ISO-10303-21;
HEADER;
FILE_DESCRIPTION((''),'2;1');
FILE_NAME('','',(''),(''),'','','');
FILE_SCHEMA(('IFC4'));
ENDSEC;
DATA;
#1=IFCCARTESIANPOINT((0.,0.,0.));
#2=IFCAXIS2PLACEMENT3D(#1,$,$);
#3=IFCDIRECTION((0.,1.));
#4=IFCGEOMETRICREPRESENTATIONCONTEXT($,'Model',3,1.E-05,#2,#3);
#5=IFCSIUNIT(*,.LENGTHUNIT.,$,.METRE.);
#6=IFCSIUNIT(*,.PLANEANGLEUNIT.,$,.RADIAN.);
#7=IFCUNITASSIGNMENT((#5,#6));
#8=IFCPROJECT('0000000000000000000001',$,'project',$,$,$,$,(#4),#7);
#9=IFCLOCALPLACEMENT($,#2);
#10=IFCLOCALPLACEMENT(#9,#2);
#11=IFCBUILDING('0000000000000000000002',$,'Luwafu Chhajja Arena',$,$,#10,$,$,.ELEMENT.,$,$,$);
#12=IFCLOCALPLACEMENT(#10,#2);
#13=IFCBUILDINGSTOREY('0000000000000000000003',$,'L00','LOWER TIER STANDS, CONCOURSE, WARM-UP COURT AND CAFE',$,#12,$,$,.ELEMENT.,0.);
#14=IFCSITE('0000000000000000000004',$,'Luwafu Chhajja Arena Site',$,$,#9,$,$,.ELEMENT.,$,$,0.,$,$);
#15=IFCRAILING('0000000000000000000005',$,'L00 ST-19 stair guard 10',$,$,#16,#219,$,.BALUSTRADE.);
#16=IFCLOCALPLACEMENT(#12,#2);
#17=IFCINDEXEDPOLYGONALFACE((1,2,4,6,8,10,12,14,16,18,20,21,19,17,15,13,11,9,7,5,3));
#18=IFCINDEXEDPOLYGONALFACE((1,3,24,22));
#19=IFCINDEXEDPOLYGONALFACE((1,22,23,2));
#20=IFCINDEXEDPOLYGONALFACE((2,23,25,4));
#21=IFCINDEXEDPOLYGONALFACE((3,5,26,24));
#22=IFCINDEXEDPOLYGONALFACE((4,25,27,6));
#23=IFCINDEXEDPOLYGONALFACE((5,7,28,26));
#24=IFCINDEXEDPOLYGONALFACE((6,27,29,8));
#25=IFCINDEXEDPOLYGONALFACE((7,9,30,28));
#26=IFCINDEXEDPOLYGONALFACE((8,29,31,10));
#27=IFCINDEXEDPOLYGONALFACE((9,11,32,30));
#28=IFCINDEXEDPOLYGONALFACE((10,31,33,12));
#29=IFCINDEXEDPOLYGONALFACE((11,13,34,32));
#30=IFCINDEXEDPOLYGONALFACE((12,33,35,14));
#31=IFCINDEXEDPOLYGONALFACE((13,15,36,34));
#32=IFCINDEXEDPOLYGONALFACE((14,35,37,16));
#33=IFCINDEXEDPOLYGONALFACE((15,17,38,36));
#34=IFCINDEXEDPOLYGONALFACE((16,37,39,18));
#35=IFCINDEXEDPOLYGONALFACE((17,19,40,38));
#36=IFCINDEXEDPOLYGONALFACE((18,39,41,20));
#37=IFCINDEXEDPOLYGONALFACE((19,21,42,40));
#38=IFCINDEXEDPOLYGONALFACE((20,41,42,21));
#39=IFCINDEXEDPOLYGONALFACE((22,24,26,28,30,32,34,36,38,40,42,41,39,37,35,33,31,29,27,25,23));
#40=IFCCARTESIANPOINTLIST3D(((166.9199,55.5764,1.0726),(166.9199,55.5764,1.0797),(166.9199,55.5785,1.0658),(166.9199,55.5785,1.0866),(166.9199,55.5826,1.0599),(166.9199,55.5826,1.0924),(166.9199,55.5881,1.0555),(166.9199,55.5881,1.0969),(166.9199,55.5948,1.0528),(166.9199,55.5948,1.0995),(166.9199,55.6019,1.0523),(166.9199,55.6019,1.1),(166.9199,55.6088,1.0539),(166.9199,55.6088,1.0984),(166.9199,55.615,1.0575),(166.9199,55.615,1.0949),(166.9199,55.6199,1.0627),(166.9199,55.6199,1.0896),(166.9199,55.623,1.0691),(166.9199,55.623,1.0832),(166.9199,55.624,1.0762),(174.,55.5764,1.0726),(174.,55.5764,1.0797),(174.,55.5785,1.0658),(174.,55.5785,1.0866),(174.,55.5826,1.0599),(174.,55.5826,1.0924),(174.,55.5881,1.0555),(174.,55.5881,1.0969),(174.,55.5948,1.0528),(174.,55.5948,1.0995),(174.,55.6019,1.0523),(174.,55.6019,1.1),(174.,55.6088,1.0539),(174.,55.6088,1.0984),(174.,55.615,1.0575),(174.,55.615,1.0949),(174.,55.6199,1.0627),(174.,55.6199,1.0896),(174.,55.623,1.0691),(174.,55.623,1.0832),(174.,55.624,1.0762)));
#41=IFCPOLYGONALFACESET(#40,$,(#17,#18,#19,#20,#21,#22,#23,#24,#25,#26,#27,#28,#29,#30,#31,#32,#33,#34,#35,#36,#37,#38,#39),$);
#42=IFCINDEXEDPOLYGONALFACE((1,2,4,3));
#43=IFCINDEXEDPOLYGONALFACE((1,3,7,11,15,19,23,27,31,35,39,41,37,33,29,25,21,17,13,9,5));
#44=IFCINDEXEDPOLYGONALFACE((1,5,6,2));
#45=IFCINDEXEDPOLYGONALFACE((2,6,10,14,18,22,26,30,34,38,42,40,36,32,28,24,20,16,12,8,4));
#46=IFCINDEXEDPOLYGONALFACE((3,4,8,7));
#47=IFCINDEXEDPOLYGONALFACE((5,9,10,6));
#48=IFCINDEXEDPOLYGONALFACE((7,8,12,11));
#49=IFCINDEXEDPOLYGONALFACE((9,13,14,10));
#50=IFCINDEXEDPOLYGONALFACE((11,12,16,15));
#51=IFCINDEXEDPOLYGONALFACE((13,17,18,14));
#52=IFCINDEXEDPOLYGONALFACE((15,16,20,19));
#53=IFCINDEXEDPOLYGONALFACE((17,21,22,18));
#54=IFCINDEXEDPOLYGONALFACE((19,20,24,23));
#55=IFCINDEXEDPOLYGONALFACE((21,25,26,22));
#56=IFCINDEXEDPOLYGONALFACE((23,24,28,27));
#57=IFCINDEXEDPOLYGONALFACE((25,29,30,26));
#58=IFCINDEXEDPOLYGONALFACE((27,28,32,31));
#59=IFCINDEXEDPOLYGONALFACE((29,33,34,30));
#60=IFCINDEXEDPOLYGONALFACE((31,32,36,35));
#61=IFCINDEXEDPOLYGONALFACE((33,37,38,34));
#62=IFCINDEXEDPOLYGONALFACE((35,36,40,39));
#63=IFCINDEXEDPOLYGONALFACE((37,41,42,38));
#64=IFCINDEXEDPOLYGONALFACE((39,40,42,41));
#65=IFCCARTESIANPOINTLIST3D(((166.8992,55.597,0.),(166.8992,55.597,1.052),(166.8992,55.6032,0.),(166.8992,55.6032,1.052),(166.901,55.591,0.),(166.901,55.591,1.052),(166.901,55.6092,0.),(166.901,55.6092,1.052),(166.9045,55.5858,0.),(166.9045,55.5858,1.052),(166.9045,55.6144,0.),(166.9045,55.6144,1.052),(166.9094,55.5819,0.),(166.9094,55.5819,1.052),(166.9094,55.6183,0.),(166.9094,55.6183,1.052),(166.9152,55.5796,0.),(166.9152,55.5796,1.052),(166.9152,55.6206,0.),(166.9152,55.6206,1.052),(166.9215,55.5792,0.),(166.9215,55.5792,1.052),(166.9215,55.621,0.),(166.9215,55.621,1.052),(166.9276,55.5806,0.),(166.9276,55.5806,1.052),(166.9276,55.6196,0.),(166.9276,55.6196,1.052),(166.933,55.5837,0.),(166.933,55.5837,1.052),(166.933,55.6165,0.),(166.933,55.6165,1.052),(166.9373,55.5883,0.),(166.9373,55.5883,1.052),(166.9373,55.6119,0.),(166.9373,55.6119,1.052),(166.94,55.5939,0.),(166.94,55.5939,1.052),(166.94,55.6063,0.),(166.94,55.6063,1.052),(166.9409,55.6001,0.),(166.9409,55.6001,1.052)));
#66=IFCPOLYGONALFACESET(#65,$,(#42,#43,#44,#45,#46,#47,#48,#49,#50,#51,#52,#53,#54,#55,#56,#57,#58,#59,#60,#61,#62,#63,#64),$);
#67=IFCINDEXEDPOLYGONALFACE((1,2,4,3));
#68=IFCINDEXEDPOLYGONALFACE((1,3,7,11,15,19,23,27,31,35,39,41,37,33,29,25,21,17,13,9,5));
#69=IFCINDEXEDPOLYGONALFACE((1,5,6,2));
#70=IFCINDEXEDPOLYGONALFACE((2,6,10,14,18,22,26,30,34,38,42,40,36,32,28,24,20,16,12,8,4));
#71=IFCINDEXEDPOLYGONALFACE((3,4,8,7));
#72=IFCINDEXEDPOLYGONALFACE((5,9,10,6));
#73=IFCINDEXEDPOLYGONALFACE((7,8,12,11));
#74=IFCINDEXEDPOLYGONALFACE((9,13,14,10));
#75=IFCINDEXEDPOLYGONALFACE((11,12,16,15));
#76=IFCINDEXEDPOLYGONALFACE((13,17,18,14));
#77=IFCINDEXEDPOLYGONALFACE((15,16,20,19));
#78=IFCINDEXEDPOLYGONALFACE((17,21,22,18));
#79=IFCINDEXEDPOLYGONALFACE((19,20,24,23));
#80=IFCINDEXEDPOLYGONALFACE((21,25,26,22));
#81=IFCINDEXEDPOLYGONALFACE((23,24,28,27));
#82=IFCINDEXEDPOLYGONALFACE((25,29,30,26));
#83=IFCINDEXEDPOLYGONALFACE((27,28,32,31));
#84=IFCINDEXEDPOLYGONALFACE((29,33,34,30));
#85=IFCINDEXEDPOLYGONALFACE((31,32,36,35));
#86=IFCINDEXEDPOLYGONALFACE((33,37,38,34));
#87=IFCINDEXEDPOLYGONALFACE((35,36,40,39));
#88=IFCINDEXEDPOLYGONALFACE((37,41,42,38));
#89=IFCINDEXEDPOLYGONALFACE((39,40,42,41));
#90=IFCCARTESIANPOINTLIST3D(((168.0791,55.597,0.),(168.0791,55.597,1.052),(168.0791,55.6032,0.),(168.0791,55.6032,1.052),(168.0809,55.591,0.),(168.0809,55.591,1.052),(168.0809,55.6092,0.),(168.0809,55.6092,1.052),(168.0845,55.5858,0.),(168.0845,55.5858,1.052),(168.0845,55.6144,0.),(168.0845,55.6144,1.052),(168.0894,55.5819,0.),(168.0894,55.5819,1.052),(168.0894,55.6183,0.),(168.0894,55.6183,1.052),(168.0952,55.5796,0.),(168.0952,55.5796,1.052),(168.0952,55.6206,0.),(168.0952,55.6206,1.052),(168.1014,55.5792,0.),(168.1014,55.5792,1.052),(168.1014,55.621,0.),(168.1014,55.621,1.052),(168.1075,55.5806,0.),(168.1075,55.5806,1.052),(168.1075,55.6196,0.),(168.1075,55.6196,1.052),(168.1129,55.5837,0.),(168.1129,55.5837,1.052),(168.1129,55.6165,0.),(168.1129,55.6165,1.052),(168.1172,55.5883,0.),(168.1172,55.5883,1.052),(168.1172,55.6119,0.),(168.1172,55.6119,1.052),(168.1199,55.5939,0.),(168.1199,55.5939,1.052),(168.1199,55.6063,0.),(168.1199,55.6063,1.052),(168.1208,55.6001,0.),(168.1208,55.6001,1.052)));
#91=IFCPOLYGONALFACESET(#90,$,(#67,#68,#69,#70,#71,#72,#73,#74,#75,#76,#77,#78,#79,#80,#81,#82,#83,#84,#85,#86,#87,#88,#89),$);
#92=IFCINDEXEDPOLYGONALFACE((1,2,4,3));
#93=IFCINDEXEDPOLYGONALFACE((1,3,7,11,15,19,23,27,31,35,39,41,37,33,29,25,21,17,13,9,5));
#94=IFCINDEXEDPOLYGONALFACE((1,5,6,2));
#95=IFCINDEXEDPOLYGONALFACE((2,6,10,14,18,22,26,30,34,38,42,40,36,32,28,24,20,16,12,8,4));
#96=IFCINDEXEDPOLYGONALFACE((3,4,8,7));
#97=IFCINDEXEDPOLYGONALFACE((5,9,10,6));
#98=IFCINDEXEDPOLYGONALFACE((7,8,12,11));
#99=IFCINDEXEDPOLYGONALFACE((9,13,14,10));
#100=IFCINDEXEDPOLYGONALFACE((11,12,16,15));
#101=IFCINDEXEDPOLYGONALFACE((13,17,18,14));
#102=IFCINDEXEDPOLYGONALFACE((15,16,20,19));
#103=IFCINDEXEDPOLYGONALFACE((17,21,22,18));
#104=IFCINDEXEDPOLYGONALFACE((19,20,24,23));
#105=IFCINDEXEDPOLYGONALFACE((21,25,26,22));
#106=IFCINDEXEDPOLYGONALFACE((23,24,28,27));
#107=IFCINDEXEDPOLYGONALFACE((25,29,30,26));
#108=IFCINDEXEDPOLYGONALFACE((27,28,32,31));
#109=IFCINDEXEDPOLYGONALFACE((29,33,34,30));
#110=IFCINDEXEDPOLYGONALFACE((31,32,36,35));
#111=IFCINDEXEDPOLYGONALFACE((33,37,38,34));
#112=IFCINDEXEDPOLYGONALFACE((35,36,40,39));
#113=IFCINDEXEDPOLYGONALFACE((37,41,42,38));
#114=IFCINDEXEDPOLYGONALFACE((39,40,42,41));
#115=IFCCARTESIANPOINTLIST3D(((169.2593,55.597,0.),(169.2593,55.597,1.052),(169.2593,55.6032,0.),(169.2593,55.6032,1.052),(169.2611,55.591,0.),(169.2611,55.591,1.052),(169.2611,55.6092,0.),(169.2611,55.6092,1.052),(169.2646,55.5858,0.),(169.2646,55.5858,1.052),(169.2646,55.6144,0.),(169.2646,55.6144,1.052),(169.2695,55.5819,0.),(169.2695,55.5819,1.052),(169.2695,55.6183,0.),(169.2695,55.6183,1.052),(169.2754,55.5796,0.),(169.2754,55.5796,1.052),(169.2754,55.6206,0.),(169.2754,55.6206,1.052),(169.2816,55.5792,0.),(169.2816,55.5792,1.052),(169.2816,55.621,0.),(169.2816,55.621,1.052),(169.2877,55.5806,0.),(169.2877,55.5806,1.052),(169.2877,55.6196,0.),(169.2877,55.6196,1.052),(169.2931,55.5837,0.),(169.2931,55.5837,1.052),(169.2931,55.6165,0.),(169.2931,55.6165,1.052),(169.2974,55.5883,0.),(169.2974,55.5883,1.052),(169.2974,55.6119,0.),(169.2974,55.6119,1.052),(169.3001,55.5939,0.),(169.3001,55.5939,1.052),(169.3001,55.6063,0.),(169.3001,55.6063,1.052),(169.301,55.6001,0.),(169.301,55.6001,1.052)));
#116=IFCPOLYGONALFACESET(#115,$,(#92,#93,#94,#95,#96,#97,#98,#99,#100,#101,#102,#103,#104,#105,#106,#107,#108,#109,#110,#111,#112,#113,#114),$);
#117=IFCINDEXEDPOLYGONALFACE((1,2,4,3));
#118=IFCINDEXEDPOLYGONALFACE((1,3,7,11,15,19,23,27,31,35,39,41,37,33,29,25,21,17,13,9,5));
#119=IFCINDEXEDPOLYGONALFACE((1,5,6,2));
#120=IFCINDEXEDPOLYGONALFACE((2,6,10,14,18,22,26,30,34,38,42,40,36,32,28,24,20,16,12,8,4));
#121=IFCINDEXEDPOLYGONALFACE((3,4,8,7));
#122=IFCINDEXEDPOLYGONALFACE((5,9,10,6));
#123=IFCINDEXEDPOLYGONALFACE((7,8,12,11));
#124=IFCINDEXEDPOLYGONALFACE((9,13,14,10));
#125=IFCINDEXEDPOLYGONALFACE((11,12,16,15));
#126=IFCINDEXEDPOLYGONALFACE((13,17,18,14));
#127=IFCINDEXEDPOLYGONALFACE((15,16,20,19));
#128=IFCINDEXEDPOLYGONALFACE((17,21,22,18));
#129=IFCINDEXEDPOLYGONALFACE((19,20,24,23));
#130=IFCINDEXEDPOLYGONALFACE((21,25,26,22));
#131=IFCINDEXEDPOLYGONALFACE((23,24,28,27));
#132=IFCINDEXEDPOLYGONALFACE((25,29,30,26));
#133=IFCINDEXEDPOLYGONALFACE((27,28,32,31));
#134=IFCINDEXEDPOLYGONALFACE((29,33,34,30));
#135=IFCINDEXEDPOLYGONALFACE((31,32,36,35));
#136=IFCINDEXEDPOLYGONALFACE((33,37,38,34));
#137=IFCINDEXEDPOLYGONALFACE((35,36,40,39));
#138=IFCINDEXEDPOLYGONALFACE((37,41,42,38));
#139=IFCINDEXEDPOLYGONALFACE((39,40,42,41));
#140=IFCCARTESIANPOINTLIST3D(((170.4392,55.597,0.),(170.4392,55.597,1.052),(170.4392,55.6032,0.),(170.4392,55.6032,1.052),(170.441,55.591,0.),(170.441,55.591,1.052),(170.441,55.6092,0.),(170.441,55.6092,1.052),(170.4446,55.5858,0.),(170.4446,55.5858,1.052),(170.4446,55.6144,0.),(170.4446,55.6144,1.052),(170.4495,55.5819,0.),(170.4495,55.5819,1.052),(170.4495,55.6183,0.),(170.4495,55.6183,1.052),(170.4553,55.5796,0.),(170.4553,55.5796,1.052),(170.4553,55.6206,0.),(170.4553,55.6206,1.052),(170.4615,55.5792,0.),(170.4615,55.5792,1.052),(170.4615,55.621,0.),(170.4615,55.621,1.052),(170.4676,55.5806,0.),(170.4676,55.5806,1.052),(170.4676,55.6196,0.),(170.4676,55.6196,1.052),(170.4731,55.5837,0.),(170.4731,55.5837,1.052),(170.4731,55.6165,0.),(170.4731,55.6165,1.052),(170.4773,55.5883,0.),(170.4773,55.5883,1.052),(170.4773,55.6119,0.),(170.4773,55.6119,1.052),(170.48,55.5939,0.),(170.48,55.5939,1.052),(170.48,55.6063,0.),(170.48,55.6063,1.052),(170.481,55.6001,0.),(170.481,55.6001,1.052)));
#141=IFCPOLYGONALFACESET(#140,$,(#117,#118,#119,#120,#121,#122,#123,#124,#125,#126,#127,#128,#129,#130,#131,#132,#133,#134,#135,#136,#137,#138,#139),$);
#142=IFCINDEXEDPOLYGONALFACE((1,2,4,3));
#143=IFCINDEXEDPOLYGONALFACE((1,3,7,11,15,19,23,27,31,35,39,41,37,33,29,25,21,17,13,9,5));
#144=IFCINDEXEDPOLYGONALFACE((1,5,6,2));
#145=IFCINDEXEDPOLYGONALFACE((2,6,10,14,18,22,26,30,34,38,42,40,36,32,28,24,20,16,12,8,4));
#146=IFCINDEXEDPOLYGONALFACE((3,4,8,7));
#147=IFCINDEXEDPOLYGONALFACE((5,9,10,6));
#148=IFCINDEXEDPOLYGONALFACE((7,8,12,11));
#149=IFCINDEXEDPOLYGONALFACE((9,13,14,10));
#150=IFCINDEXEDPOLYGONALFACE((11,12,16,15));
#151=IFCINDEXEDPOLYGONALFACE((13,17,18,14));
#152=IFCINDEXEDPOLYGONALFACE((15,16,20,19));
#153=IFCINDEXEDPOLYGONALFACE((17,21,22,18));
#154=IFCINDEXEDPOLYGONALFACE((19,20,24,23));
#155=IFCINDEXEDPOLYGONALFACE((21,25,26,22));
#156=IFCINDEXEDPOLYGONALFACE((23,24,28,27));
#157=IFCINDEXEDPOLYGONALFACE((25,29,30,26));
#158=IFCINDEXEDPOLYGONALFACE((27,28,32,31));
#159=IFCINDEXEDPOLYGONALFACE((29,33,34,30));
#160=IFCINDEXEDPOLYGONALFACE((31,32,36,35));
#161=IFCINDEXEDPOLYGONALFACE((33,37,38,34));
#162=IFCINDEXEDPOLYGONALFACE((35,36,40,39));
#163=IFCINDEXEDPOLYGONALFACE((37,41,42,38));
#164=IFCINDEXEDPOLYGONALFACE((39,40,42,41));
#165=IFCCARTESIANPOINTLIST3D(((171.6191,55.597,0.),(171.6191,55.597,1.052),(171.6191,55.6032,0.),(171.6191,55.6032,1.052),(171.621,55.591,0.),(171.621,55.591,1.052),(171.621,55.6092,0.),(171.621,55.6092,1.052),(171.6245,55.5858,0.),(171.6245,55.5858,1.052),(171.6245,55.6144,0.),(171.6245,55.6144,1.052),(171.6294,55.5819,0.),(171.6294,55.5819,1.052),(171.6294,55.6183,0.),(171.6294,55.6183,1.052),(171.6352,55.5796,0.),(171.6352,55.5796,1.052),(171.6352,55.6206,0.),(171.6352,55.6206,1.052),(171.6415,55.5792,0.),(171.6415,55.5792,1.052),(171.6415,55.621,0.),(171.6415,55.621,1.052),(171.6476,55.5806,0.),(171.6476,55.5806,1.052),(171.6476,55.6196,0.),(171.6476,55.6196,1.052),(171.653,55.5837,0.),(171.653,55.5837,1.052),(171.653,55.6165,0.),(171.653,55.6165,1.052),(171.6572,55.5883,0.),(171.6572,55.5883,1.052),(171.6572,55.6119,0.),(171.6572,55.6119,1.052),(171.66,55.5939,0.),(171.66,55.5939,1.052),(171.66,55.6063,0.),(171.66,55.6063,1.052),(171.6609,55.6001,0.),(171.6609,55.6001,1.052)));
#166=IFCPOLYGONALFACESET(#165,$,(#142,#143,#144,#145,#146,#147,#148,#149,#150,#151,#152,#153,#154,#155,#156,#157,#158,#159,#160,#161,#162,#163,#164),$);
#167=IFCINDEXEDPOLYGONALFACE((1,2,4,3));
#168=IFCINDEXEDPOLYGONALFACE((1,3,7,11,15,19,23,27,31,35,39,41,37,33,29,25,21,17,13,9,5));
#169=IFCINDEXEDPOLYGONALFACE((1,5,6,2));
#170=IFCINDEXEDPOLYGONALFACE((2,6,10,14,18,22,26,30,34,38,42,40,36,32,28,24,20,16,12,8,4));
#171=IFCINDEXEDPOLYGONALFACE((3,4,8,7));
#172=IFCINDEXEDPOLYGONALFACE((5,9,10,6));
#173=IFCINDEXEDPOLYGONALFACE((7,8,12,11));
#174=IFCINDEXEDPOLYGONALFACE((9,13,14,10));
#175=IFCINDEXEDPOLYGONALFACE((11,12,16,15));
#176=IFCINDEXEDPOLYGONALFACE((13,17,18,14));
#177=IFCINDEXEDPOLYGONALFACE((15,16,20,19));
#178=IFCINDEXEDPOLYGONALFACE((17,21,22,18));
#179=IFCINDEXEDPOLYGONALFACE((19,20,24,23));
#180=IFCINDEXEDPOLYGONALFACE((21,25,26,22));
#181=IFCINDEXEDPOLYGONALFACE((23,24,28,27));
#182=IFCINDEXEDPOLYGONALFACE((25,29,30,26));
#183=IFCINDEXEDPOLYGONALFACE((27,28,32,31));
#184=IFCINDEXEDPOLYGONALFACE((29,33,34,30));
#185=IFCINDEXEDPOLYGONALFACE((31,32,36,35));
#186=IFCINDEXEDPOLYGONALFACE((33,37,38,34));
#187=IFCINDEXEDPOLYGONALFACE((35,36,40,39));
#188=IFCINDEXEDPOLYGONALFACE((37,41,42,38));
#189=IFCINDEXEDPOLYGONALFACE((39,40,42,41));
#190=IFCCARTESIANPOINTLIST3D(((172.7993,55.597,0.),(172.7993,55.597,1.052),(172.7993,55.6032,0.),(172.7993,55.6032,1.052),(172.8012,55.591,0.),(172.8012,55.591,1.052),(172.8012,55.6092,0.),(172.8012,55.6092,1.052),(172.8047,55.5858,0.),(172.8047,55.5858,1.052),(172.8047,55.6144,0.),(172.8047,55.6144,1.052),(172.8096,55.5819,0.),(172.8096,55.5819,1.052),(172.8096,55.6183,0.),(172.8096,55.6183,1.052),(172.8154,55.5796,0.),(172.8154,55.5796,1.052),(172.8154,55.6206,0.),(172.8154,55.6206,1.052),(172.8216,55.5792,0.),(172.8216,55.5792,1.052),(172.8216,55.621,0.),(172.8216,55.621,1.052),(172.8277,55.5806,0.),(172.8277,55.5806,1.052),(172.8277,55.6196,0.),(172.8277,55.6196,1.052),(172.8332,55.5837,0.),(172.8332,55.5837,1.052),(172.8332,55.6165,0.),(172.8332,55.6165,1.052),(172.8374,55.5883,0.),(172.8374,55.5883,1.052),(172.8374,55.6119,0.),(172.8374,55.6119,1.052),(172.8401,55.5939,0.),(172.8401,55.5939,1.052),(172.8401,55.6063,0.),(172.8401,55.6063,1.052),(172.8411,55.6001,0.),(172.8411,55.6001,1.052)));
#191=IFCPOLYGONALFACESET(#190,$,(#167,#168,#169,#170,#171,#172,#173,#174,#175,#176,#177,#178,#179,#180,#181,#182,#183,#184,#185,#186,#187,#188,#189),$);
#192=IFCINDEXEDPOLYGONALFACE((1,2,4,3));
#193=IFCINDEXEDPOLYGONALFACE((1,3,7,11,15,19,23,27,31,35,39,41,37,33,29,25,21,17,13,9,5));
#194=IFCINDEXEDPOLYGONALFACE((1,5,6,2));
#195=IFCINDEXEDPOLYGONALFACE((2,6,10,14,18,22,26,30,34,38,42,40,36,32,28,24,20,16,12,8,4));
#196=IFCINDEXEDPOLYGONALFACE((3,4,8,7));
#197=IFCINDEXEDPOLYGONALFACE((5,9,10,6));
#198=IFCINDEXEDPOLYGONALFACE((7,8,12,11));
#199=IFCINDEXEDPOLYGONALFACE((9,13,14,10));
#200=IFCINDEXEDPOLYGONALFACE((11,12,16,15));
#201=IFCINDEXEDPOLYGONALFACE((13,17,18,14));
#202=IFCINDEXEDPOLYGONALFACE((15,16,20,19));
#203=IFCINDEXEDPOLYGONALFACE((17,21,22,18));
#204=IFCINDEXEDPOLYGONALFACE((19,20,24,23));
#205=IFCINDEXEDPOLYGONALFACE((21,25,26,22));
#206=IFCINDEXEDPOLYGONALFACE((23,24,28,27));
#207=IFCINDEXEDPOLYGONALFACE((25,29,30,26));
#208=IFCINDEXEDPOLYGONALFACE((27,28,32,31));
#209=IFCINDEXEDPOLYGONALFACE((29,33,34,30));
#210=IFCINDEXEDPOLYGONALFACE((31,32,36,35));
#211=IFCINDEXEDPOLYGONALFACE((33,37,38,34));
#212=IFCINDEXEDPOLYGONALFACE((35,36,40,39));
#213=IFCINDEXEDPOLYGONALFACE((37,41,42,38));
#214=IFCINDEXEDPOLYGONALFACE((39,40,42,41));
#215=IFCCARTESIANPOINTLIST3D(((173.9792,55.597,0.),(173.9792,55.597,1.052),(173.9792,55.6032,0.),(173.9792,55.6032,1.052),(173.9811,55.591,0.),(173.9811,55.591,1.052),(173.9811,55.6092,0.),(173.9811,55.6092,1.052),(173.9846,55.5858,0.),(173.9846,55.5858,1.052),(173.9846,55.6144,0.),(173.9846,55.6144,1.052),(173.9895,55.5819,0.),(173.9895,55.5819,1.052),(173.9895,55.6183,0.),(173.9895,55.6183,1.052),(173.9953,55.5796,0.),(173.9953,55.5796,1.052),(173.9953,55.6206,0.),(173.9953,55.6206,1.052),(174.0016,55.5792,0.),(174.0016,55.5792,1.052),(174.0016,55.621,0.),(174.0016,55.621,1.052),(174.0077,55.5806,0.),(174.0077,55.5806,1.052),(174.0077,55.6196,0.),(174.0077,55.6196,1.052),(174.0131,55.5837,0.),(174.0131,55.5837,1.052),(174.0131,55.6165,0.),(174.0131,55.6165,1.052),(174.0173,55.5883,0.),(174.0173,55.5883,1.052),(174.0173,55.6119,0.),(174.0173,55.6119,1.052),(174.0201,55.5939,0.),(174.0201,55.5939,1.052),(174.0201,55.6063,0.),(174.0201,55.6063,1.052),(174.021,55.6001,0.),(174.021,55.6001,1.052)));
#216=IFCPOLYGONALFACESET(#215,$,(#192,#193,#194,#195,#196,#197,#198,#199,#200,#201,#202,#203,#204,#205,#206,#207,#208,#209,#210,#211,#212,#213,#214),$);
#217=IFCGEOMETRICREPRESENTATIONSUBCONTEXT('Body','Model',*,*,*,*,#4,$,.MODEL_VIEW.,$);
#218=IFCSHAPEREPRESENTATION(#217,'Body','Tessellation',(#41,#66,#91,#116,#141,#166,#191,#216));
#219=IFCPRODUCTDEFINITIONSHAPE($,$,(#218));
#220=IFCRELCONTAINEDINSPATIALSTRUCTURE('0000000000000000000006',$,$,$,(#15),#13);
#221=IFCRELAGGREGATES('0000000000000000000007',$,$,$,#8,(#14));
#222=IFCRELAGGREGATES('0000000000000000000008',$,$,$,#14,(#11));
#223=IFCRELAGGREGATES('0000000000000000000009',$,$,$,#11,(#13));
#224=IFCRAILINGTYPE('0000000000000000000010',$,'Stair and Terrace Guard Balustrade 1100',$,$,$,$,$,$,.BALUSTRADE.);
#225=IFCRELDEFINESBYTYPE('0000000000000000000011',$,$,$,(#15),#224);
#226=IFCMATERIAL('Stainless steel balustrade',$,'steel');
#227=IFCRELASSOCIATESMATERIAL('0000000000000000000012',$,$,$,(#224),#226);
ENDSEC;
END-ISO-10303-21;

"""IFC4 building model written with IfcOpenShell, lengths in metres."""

from ifc_helpers import new_model, si_unit, direction, frame, origin, origin_2d, place, context, subcontext, project, spatial, circle, extrude, material, type_object, element, save


model = new_model("IFC4")

# Units and contexts
model_context = context("Model", 3, precision=1e-05, world=origin(), true_north=direction((0.0, 1.0)))
body_context = subcontext(model_context, "Body", "Model", "MODEL_VIEW")
ifc_project = project(units=[si_unit("LENGTHUNIT", "METRE"), si_unit("PLANEANGLEUNIT", "RADIAN")], contexts=[model_context])

# Site, building, storey
site_placement = place(None, origin())
site = spatial("IfcSite", under=ifc_project, at=site_placement, Name="Luwafu Chhajja Arena Site", CompositionType="ELEMENT", RefElevation=0.0)
building_placement = place(site_placement, origin())
building = spatial("IfcBuilding", under=site, at=building_placement, Name="Luwafu Chhajja Arena", CompositionType="ELEMENT")
storey_placement = place(building_placement, origin())
storey = spatial("IfcBuildingStorey", under=building, at=storey_placement, Name="L00", Description="LOWER TIER STANDS, CONCOURSE, WARM-UP COURT AND CAFE", CompositionType="ELEMENT", Elevation=0.0)

# Railing
ifc_material_1 = material(Name="Stainless steel balustrade", Category="steel")
railing_type_1 = type_object("IfcRailingType", Name="Stair and Terrace Guard Balustrade 1100", PredefinedType="BALUSTRADE", material=ifc_material_1)
for number, where, name in (
    (1, (166.9199, 55.6001, 0.0), "L00 ST-19 stair guard 10"),
):
    element("IfcRailing", number, at=place(storey_placement, frame(where)), inside=storey, type_object=railing_type_1, Name=name, PredefinedType="BALUSTRADE", context=body_context, shape_type="SweptSolid", body=[
        extrude(circle(Radius=0.0239, at=origin_2d()), frame((0.0, 0.0, 1.0762), z_axis=(1.0, 0.0, 0.0), x_axis=(0.0, 1.0, 0.0)), (0.0, 0.0, 1.0), 7.0801),
        extrude(circle(Radius=0.021, at=origin_2d()), origin(), (0.0, 0.0, 1.0), 1.052),
        extrude(circle(Radius=0.021, at=origin_2d()), frame((1.1799, 0.0, 0.0)), (0.0, 0.0, 1.0), 1.052),
        extrude(circle(Radius=0.021, at=origin_2d()), frame((2.3601, 0.0, 0.0)), (0.0, 0.0, 1.0), 1.052),
        extrude(circle(Radius=0.021, at=origin_2d()), frame((3.54, 0.0, 0.0)), (0.0, 0.0, 1.0), 1.052),
        extrude(circle(Radius=0.021, at=origin_2d()), frame((4.72, 0.0, 0.0)), (0.0, 0.0, 1.0), 1.052),
        extrude(circle(Radius=0.021, at=origin_2d()), frame((5.9001, 0.0, 0.0)), (0.0, 0.0, 1.0), 1.052),
        extrude(circle(Radius=0.021, at=origin_2d()), frame((7.0801, 0.0, 0.0)), (0.0, 0.0, 1.0), 1.052),
    ])

save(model, "model.ifc")
